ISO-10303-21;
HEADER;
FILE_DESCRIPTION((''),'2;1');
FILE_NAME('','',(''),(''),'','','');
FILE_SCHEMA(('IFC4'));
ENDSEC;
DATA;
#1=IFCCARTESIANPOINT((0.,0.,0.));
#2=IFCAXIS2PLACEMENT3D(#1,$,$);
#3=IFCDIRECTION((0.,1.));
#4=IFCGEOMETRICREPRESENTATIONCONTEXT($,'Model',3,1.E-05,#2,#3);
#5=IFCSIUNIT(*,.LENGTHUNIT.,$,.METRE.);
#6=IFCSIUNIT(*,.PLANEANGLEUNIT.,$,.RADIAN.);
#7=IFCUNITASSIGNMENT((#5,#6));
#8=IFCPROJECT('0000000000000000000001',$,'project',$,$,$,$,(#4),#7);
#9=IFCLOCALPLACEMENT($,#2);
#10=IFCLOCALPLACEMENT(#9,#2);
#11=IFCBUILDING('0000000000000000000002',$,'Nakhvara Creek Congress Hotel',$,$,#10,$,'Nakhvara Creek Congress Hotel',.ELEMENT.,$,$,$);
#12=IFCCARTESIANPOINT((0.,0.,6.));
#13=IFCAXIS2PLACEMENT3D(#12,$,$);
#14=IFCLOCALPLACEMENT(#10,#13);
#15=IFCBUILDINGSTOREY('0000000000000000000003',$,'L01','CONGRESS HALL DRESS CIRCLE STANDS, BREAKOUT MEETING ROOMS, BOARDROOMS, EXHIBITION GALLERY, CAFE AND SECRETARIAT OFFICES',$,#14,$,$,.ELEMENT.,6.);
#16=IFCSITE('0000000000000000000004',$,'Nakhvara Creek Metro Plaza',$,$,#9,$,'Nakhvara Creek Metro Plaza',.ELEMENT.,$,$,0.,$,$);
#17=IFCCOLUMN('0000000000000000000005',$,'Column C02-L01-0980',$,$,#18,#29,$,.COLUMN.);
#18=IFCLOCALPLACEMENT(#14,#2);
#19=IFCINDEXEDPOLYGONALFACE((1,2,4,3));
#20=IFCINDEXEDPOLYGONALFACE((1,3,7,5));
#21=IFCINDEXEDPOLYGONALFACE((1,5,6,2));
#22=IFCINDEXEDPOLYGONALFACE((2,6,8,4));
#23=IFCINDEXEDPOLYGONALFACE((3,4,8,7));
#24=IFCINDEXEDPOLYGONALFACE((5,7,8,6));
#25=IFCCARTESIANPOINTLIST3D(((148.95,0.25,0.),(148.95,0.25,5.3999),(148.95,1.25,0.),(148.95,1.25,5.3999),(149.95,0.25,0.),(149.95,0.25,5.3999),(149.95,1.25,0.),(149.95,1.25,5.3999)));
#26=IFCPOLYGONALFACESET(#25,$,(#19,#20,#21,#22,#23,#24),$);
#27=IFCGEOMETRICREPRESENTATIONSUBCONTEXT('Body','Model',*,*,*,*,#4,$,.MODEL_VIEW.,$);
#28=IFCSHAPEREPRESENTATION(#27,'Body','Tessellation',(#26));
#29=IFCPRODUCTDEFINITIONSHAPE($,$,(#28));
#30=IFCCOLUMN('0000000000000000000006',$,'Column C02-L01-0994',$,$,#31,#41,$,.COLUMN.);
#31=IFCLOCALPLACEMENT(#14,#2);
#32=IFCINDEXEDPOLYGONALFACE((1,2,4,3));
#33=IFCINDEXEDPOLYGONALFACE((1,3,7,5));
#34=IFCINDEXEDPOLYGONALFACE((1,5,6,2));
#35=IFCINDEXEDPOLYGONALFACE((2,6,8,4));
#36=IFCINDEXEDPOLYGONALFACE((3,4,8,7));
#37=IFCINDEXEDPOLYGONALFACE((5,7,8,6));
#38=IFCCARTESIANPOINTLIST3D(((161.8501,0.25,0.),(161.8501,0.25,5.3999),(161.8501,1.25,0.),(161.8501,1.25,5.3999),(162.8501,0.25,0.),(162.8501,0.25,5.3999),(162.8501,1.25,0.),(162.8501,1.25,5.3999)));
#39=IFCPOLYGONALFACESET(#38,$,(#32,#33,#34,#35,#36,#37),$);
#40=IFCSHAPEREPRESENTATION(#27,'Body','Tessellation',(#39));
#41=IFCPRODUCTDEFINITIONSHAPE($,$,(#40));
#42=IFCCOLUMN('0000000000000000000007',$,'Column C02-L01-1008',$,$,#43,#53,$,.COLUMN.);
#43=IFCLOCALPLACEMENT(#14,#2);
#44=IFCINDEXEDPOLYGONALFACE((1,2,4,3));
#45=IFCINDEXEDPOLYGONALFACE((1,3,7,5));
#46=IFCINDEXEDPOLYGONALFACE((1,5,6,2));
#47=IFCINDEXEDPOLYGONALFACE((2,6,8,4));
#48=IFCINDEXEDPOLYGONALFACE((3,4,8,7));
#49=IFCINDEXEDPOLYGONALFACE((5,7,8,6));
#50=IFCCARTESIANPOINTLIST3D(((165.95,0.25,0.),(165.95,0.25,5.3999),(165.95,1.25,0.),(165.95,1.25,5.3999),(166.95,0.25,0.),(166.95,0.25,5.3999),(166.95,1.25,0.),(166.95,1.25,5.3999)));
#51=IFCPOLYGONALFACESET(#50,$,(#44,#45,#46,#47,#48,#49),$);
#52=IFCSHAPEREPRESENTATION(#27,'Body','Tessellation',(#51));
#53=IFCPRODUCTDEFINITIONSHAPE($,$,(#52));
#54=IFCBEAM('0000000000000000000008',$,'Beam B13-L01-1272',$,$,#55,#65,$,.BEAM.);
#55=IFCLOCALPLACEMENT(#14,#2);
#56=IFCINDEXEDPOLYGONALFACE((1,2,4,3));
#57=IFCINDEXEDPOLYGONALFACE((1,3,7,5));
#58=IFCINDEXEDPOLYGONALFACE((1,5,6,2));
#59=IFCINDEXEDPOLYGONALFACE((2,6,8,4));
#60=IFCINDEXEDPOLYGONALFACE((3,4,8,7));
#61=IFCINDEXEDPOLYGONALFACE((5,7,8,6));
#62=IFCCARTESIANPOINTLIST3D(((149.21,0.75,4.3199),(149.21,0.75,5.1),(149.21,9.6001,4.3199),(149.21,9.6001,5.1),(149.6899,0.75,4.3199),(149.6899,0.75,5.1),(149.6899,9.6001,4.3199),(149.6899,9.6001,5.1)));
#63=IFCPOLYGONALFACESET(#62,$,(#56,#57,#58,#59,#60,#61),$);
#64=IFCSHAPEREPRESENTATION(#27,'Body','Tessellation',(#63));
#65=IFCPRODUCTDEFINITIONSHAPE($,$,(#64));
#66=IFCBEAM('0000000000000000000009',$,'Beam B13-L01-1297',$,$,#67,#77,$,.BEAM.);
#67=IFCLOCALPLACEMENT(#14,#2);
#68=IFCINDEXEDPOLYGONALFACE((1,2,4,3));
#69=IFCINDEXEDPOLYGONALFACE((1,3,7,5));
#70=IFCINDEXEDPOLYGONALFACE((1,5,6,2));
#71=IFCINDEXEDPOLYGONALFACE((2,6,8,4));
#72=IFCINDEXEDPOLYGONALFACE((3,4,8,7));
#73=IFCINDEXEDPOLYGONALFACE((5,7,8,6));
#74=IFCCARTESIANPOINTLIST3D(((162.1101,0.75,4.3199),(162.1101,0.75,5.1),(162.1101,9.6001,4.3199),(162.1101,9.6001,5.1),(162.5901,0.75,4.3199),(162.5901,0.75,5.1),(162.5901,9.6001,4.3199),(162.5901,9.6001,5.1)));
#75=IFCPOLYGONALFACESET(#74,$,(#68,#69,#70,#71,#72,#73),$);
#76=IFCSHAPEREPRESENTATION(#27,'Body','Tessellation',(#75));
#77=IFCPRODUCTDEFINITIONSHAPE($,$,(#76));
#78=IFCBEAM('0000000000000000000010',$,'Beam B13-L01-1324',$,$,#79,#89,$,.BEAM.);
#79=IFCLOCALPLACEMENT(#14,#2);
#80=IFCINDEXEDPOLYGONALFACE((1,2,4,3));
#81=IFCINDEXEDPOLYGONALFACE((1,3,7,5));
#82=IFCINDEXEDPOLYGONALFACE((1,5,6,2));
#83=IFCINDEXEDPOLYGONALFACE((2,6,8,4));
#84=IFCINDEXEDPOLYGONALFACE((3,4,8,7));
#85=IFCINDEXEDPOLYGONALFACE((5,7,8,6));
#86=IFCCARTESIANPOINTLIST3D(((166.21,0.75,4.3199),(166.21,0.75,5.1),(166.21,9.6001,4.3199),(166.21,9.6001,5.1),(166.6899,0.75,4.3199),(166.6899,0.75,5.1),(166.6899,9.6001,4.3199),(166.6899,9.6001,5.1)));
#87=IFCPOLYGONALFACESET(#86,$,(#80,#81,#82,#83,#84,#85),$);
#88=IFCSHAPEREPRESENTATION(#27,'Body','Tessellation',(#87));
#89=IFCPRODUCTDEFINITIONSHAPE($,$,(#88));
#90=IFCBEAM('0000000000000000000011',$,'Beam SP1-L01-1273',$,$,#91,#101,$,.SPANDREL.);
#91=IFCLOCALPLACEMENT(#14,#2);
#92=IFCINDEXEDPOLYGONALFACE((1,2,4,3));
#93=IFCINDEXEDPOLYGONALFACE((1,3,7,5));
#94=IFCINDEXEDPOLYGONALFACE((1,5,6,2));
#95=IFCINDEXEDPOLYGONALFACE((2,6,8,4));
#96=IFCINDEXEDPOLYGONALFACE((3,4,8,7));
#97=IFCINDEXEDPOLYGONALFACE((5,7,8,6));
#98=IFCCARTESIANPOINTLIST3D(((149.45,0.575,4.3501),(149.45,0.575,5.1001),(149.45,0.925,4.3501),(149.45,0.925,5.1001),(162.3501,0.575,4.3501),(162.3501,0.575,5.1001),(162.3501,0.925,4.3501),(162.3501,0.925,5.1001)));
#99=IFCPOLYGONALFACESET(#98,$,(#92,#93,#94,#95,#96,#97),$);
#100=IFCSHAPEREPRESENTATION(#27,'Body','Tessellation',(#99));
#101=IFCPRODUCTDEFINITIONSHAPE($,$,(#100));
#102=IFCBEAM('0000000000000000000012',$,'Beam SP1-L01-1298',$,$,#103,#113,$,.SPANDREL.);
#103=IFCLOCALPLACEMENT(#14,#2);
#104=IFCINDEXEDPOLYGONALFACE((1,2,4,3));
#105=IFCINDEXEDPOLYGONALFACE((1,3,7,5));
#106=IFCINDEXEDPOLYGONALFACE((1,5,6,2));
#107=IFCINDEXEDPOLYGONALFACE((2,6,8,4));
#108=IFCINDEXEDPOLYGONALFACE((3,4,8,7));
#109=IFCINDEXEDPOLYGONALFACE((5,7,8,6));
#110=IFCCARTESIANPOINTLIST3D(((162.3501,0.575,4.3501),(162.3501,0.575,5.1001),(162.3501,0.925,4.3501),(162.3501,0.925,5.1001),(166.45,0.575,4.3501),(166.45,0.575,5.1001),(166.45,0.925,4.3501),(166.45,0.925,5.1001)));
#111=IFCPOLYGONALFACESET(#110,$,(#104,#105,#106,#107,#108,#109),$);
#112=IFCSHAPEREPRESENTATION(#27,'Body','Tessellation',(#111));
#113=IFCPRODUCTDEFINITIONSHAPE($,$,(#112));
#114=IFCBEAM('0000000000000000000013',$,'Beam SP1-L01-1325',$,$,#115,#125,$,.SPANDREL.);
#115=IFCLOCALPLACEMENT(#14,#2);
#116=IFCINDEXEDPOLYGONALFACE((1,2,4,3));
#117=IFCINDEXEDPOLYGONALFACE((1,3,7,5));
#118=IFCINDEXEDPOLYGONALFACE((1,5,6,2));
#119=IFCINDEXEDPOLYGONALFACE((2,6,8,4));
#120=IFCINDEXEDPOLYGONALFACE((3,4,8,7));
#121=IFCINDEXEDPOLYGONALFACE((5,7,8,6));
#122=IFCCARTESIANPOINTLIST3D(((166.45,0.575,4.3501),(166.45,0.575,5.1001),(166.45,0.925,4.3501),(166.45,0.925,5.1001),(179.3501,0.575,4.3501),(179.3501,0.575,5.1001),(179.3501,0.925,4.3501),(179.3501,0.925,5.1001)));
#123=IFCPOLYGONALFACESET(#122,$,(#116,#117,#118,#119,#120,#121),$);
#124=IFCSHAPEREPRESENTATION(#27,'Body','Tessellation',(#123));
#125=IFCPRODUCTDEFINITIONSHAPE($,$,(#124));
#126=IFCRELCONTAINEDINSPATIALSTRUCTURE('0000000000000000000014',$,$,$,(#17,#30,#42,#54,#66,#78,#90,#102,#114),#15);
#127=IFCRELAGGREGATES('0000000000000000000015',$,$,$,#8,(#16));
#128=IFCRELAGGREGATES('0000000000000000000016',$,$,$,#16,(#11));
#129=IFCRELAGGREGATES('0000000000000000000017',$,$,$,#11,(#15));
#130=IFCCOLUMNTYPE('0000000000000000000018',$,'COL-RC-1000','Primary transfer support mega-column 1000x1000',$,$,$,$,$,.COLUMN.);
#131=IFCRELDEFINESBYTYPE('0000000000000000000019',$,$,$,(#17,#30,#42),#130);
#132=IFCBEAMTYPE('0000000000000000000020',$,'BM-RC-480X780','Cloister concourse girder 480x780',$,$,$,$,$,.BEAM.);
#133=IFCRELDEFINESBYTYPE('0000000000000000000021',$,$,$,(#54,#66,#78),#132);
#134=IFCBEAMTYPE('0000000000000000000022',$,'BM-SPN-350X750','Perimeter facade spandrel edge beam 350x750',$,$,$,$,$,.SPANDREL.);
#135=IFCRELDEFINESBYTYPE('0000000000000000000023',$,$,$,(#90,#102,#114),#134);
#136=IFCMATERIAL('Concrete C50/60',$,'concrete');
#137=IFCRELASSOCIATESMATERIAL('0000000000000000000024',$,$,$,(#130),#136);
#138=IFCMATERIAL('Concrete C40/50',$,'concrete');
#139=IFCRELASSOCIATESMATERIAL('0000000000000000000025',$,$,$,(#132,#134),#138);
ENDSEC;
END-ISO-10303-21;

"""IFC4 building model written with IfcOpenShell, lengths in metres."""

from ifc_helpers import new_model, si_unit, direction, frame, origin, origin_2d, place, context, subcontext, project, spatial, rectangle, extrude, material, material_profile, profile_set, type_object, element, save


model = new_model("IFC4")

# Units and contexts
model_context = context("Model", 3, precision=1e-05, world=origin(), true_north=direction((0.0, 1.0)))
body_context = subcontext(model_context, "Body", "Model", "MODEL_VIEW")
ifc_project = project(units=[si_unit("LENGTHUNIT", "METRE"), si_unit("PLANEANGLEUNIT", "RADIAN")], contexts=[model_context])

# Site, building, storey
site_placement = place(None, origin())
site = spatial("IfcSite", under=ifc_project, at=site_placement, Name="Nakhvara Creek Metro Plaza", LongName="Nakhvara Creek Metro Plaza", CompositionType="ELEMENT", RefElevation=0.0)
building_placement = place(site_placement, origin())
building = spatial("IfcBuilding", under=site, at=building_placement, Name="Nakhvara Creek Congress Hotel", LongName="Nakhvara Creek Congress Hotel", CompositionType="ELEMENT")
storey_placement = place(building_placement, frame((0.0, 0.0, 6.0)))
storey = spatial("IfcBuildingStorey", under=building, at=storey_placement, Name="L01", Description="CONGRESS HALL DRESS CIRCLE STANDS, BREAKOUT MEETING ROOMS, BOARDROOMS, EXHIBITION GALLERY, CAFE AND SECRETARIAT OFFICES", CompositionType="ELEMENT", Elevation=6.0)

# Columns
ifc_material_1 = material(Name="Concrete C50/60", Category="concrete")
ifc_material_profile_1 = material_profile(ifc_material_1, rectangle(XDim=1.0, YDim=1.0, at=origin_2d()), Name="RC-COL 1000x1000", Category="LoadBearing")
ifc_profile_set_1 = profile_set([ifc_material_profile_1], Name="Concrete C50/60")
column_type = type_object("IfcColumnType", Name="COL-RC-1000", Description="Primary transfer support mega-column 1000x1000", PredefinedType="COLUMN", material=ifc_profile_set_1)
for number, where, z_axis, x_axis, name in (
    (1, (149.45, 0.75, 0.0), (0.0, 0.0, 1.0), (1.0, 0.0, 0.0), "Column C02-L01-0980"),
    (2, (162.3501, 0.75, 0.0), (0.0, 0.0, 1.0), (1.0, 0.0, 0.0), "Column C02-L01-0994"),
    (3, (166.45, 0.75, 0.0), (0.0, 0.0, 1.0), (1.0, 0.0, 0.0), "Column C02-L01-1008"),
):
    element("IfcColumn", number, at=place(storey_placement, frame(where, z_axis=z_axis, x_axis=x_axis)), inside=storey, type_object=column_type, Name=name, PredefinedType="COLUMN", context=body_context, shape_type="SweptSolid", body=[
        extrude(rectangle(XDim=1.0, YDim=1.0, at=origin_2d()), origin(), (0.0, 0.0, 1.0), 5.3999),
    ])

# Beams
ifc_material_2 = material(Name="Concrete C40/50", Category="concrete")
ifc_material_profile_2 = material_profile(ifc_material_2, rectangle(XDim=0.48, YDim=0.78, at=origin_2d()), Name="RC-BM 480x780", Category="LoadBearing")
ifc_profile_set_2 = profile_set([ifc_material_profile_2], Name="Concrete C40/50")
beam_type_1 = type_object("IfcBeamType", Name="BM-RC-480X780", Description="Cloister concourse girder 480x780", PredefinedType="BEAM", material=ifc_profile_set_2)
for number, where, z_axis, x_axis, name in (
    (4, (149.45, 0.75, 4.71), (0.0, 1.0, 0.0), (-1.0, 0.0, 0.0), "Beam B13-L01-1272"),
    (5, (162.3501, 0.75, 4.71), (0.0, 1.0, 0.0), (-1.0, 0.0, 0.0), "Beam B13-L01-1297"),
    (6, (166.45, 0.75, 4.71), (0.0, 1.0, 0.0), (-1.0, 0.0, 0.0), "Beam B13-L01-1324"),
):
    element("IfcBeam", number, at=place(storey_placement, frame(where, z_axis=z_axis, x_axis=x_axis)), inside=storey, type_object=beam_type_1, Name=name, PredefinedType="BEAM", context=body_context, shape_type="SweptSolid", body=[
        extrude(rectangle(XDim=0.48, YDim=0.78, at=origin_2d()), origin(), (0.0, 0.0, 1.0), 8.8501),
    ])
ifc_material_profile_3 = material_profile(ifc_material_2, rectangle(XDim=0.3501, YDim=0.75, at=origin_2d()), Name="RC-SPANDREL 350x750", Category="LoadBearing")
ifc_profile_set_3 = profile_set([ifc_material_profile_3], Name="Concrete C40/50")
beam_type_2 = type_object("IfcBeamType", Name="BM-SPN-350X750", Description="Perimeter facade spandrel edge beam 350x750", PredefinedType="SPANDREL", material=ifc_profile_set_3)
beam_1_placement = place(storey_placement, frame((149.45, 0.75, 4.7251), z_axis=(1.0, 0.0, 0.0), x_axis=(0.0, 1.0, 0.0)))
element("IfcBeam", 7, at=beam_1_placement, inside=storey, type_object=beam_type_2, Name="Beam SP1-L01-1273", PredefinedType="SPANDREL", context=body_context, shape_type="SweptSolid", body=[
    extrude(rectangle(XDim=0.3501, YDim=0.75, at=origin_2d()), origin(), (0.0, 0.0, 1.0), 12.9001),
])
beam_2_placement = place(storey_placement, frame((162.3501, 0.75, 4.7251), z_axis=(1.0, 0.0, 0.0), x_axis=(0.0, 1.0, 0.0)))
element("IfcBeam", 8, at=beam_2_placement, inside=storey, type_object=beam_type_2, Name="Beam SP1-L01-1298", PredefinedType="SPANDREL", context=body_context, shape_type="SweptSolid", body=[
    extrude(rectangle(XDim=0.3501, YDim=0.75, at=origin_2d()), origin(), (0.0, 0.0, 1.0), 4.0999),
])
beam_3_placement = place(storey_placement, frame((166.45, 0.75, 4.7251), z_axis=(1.0, 0.0, 0.0), x_axis=(0.0, 1.0, 0.0)))
element("IfcBeam", 9, at=beam_3_placement, inside=storey, type_object=beam_type_2, Name="Beam SP1-L01-1325", PredefinedType="SPANDREL", context=body_context, shape_type="SweptSolid", body=[
    extrude(rectangle(XDim=0.3501, YDim=0.75, at=origin_2d()), origin(), (0.0, 0.0, 1.0), 12.9001),
])

save(model, "model.ifc")
